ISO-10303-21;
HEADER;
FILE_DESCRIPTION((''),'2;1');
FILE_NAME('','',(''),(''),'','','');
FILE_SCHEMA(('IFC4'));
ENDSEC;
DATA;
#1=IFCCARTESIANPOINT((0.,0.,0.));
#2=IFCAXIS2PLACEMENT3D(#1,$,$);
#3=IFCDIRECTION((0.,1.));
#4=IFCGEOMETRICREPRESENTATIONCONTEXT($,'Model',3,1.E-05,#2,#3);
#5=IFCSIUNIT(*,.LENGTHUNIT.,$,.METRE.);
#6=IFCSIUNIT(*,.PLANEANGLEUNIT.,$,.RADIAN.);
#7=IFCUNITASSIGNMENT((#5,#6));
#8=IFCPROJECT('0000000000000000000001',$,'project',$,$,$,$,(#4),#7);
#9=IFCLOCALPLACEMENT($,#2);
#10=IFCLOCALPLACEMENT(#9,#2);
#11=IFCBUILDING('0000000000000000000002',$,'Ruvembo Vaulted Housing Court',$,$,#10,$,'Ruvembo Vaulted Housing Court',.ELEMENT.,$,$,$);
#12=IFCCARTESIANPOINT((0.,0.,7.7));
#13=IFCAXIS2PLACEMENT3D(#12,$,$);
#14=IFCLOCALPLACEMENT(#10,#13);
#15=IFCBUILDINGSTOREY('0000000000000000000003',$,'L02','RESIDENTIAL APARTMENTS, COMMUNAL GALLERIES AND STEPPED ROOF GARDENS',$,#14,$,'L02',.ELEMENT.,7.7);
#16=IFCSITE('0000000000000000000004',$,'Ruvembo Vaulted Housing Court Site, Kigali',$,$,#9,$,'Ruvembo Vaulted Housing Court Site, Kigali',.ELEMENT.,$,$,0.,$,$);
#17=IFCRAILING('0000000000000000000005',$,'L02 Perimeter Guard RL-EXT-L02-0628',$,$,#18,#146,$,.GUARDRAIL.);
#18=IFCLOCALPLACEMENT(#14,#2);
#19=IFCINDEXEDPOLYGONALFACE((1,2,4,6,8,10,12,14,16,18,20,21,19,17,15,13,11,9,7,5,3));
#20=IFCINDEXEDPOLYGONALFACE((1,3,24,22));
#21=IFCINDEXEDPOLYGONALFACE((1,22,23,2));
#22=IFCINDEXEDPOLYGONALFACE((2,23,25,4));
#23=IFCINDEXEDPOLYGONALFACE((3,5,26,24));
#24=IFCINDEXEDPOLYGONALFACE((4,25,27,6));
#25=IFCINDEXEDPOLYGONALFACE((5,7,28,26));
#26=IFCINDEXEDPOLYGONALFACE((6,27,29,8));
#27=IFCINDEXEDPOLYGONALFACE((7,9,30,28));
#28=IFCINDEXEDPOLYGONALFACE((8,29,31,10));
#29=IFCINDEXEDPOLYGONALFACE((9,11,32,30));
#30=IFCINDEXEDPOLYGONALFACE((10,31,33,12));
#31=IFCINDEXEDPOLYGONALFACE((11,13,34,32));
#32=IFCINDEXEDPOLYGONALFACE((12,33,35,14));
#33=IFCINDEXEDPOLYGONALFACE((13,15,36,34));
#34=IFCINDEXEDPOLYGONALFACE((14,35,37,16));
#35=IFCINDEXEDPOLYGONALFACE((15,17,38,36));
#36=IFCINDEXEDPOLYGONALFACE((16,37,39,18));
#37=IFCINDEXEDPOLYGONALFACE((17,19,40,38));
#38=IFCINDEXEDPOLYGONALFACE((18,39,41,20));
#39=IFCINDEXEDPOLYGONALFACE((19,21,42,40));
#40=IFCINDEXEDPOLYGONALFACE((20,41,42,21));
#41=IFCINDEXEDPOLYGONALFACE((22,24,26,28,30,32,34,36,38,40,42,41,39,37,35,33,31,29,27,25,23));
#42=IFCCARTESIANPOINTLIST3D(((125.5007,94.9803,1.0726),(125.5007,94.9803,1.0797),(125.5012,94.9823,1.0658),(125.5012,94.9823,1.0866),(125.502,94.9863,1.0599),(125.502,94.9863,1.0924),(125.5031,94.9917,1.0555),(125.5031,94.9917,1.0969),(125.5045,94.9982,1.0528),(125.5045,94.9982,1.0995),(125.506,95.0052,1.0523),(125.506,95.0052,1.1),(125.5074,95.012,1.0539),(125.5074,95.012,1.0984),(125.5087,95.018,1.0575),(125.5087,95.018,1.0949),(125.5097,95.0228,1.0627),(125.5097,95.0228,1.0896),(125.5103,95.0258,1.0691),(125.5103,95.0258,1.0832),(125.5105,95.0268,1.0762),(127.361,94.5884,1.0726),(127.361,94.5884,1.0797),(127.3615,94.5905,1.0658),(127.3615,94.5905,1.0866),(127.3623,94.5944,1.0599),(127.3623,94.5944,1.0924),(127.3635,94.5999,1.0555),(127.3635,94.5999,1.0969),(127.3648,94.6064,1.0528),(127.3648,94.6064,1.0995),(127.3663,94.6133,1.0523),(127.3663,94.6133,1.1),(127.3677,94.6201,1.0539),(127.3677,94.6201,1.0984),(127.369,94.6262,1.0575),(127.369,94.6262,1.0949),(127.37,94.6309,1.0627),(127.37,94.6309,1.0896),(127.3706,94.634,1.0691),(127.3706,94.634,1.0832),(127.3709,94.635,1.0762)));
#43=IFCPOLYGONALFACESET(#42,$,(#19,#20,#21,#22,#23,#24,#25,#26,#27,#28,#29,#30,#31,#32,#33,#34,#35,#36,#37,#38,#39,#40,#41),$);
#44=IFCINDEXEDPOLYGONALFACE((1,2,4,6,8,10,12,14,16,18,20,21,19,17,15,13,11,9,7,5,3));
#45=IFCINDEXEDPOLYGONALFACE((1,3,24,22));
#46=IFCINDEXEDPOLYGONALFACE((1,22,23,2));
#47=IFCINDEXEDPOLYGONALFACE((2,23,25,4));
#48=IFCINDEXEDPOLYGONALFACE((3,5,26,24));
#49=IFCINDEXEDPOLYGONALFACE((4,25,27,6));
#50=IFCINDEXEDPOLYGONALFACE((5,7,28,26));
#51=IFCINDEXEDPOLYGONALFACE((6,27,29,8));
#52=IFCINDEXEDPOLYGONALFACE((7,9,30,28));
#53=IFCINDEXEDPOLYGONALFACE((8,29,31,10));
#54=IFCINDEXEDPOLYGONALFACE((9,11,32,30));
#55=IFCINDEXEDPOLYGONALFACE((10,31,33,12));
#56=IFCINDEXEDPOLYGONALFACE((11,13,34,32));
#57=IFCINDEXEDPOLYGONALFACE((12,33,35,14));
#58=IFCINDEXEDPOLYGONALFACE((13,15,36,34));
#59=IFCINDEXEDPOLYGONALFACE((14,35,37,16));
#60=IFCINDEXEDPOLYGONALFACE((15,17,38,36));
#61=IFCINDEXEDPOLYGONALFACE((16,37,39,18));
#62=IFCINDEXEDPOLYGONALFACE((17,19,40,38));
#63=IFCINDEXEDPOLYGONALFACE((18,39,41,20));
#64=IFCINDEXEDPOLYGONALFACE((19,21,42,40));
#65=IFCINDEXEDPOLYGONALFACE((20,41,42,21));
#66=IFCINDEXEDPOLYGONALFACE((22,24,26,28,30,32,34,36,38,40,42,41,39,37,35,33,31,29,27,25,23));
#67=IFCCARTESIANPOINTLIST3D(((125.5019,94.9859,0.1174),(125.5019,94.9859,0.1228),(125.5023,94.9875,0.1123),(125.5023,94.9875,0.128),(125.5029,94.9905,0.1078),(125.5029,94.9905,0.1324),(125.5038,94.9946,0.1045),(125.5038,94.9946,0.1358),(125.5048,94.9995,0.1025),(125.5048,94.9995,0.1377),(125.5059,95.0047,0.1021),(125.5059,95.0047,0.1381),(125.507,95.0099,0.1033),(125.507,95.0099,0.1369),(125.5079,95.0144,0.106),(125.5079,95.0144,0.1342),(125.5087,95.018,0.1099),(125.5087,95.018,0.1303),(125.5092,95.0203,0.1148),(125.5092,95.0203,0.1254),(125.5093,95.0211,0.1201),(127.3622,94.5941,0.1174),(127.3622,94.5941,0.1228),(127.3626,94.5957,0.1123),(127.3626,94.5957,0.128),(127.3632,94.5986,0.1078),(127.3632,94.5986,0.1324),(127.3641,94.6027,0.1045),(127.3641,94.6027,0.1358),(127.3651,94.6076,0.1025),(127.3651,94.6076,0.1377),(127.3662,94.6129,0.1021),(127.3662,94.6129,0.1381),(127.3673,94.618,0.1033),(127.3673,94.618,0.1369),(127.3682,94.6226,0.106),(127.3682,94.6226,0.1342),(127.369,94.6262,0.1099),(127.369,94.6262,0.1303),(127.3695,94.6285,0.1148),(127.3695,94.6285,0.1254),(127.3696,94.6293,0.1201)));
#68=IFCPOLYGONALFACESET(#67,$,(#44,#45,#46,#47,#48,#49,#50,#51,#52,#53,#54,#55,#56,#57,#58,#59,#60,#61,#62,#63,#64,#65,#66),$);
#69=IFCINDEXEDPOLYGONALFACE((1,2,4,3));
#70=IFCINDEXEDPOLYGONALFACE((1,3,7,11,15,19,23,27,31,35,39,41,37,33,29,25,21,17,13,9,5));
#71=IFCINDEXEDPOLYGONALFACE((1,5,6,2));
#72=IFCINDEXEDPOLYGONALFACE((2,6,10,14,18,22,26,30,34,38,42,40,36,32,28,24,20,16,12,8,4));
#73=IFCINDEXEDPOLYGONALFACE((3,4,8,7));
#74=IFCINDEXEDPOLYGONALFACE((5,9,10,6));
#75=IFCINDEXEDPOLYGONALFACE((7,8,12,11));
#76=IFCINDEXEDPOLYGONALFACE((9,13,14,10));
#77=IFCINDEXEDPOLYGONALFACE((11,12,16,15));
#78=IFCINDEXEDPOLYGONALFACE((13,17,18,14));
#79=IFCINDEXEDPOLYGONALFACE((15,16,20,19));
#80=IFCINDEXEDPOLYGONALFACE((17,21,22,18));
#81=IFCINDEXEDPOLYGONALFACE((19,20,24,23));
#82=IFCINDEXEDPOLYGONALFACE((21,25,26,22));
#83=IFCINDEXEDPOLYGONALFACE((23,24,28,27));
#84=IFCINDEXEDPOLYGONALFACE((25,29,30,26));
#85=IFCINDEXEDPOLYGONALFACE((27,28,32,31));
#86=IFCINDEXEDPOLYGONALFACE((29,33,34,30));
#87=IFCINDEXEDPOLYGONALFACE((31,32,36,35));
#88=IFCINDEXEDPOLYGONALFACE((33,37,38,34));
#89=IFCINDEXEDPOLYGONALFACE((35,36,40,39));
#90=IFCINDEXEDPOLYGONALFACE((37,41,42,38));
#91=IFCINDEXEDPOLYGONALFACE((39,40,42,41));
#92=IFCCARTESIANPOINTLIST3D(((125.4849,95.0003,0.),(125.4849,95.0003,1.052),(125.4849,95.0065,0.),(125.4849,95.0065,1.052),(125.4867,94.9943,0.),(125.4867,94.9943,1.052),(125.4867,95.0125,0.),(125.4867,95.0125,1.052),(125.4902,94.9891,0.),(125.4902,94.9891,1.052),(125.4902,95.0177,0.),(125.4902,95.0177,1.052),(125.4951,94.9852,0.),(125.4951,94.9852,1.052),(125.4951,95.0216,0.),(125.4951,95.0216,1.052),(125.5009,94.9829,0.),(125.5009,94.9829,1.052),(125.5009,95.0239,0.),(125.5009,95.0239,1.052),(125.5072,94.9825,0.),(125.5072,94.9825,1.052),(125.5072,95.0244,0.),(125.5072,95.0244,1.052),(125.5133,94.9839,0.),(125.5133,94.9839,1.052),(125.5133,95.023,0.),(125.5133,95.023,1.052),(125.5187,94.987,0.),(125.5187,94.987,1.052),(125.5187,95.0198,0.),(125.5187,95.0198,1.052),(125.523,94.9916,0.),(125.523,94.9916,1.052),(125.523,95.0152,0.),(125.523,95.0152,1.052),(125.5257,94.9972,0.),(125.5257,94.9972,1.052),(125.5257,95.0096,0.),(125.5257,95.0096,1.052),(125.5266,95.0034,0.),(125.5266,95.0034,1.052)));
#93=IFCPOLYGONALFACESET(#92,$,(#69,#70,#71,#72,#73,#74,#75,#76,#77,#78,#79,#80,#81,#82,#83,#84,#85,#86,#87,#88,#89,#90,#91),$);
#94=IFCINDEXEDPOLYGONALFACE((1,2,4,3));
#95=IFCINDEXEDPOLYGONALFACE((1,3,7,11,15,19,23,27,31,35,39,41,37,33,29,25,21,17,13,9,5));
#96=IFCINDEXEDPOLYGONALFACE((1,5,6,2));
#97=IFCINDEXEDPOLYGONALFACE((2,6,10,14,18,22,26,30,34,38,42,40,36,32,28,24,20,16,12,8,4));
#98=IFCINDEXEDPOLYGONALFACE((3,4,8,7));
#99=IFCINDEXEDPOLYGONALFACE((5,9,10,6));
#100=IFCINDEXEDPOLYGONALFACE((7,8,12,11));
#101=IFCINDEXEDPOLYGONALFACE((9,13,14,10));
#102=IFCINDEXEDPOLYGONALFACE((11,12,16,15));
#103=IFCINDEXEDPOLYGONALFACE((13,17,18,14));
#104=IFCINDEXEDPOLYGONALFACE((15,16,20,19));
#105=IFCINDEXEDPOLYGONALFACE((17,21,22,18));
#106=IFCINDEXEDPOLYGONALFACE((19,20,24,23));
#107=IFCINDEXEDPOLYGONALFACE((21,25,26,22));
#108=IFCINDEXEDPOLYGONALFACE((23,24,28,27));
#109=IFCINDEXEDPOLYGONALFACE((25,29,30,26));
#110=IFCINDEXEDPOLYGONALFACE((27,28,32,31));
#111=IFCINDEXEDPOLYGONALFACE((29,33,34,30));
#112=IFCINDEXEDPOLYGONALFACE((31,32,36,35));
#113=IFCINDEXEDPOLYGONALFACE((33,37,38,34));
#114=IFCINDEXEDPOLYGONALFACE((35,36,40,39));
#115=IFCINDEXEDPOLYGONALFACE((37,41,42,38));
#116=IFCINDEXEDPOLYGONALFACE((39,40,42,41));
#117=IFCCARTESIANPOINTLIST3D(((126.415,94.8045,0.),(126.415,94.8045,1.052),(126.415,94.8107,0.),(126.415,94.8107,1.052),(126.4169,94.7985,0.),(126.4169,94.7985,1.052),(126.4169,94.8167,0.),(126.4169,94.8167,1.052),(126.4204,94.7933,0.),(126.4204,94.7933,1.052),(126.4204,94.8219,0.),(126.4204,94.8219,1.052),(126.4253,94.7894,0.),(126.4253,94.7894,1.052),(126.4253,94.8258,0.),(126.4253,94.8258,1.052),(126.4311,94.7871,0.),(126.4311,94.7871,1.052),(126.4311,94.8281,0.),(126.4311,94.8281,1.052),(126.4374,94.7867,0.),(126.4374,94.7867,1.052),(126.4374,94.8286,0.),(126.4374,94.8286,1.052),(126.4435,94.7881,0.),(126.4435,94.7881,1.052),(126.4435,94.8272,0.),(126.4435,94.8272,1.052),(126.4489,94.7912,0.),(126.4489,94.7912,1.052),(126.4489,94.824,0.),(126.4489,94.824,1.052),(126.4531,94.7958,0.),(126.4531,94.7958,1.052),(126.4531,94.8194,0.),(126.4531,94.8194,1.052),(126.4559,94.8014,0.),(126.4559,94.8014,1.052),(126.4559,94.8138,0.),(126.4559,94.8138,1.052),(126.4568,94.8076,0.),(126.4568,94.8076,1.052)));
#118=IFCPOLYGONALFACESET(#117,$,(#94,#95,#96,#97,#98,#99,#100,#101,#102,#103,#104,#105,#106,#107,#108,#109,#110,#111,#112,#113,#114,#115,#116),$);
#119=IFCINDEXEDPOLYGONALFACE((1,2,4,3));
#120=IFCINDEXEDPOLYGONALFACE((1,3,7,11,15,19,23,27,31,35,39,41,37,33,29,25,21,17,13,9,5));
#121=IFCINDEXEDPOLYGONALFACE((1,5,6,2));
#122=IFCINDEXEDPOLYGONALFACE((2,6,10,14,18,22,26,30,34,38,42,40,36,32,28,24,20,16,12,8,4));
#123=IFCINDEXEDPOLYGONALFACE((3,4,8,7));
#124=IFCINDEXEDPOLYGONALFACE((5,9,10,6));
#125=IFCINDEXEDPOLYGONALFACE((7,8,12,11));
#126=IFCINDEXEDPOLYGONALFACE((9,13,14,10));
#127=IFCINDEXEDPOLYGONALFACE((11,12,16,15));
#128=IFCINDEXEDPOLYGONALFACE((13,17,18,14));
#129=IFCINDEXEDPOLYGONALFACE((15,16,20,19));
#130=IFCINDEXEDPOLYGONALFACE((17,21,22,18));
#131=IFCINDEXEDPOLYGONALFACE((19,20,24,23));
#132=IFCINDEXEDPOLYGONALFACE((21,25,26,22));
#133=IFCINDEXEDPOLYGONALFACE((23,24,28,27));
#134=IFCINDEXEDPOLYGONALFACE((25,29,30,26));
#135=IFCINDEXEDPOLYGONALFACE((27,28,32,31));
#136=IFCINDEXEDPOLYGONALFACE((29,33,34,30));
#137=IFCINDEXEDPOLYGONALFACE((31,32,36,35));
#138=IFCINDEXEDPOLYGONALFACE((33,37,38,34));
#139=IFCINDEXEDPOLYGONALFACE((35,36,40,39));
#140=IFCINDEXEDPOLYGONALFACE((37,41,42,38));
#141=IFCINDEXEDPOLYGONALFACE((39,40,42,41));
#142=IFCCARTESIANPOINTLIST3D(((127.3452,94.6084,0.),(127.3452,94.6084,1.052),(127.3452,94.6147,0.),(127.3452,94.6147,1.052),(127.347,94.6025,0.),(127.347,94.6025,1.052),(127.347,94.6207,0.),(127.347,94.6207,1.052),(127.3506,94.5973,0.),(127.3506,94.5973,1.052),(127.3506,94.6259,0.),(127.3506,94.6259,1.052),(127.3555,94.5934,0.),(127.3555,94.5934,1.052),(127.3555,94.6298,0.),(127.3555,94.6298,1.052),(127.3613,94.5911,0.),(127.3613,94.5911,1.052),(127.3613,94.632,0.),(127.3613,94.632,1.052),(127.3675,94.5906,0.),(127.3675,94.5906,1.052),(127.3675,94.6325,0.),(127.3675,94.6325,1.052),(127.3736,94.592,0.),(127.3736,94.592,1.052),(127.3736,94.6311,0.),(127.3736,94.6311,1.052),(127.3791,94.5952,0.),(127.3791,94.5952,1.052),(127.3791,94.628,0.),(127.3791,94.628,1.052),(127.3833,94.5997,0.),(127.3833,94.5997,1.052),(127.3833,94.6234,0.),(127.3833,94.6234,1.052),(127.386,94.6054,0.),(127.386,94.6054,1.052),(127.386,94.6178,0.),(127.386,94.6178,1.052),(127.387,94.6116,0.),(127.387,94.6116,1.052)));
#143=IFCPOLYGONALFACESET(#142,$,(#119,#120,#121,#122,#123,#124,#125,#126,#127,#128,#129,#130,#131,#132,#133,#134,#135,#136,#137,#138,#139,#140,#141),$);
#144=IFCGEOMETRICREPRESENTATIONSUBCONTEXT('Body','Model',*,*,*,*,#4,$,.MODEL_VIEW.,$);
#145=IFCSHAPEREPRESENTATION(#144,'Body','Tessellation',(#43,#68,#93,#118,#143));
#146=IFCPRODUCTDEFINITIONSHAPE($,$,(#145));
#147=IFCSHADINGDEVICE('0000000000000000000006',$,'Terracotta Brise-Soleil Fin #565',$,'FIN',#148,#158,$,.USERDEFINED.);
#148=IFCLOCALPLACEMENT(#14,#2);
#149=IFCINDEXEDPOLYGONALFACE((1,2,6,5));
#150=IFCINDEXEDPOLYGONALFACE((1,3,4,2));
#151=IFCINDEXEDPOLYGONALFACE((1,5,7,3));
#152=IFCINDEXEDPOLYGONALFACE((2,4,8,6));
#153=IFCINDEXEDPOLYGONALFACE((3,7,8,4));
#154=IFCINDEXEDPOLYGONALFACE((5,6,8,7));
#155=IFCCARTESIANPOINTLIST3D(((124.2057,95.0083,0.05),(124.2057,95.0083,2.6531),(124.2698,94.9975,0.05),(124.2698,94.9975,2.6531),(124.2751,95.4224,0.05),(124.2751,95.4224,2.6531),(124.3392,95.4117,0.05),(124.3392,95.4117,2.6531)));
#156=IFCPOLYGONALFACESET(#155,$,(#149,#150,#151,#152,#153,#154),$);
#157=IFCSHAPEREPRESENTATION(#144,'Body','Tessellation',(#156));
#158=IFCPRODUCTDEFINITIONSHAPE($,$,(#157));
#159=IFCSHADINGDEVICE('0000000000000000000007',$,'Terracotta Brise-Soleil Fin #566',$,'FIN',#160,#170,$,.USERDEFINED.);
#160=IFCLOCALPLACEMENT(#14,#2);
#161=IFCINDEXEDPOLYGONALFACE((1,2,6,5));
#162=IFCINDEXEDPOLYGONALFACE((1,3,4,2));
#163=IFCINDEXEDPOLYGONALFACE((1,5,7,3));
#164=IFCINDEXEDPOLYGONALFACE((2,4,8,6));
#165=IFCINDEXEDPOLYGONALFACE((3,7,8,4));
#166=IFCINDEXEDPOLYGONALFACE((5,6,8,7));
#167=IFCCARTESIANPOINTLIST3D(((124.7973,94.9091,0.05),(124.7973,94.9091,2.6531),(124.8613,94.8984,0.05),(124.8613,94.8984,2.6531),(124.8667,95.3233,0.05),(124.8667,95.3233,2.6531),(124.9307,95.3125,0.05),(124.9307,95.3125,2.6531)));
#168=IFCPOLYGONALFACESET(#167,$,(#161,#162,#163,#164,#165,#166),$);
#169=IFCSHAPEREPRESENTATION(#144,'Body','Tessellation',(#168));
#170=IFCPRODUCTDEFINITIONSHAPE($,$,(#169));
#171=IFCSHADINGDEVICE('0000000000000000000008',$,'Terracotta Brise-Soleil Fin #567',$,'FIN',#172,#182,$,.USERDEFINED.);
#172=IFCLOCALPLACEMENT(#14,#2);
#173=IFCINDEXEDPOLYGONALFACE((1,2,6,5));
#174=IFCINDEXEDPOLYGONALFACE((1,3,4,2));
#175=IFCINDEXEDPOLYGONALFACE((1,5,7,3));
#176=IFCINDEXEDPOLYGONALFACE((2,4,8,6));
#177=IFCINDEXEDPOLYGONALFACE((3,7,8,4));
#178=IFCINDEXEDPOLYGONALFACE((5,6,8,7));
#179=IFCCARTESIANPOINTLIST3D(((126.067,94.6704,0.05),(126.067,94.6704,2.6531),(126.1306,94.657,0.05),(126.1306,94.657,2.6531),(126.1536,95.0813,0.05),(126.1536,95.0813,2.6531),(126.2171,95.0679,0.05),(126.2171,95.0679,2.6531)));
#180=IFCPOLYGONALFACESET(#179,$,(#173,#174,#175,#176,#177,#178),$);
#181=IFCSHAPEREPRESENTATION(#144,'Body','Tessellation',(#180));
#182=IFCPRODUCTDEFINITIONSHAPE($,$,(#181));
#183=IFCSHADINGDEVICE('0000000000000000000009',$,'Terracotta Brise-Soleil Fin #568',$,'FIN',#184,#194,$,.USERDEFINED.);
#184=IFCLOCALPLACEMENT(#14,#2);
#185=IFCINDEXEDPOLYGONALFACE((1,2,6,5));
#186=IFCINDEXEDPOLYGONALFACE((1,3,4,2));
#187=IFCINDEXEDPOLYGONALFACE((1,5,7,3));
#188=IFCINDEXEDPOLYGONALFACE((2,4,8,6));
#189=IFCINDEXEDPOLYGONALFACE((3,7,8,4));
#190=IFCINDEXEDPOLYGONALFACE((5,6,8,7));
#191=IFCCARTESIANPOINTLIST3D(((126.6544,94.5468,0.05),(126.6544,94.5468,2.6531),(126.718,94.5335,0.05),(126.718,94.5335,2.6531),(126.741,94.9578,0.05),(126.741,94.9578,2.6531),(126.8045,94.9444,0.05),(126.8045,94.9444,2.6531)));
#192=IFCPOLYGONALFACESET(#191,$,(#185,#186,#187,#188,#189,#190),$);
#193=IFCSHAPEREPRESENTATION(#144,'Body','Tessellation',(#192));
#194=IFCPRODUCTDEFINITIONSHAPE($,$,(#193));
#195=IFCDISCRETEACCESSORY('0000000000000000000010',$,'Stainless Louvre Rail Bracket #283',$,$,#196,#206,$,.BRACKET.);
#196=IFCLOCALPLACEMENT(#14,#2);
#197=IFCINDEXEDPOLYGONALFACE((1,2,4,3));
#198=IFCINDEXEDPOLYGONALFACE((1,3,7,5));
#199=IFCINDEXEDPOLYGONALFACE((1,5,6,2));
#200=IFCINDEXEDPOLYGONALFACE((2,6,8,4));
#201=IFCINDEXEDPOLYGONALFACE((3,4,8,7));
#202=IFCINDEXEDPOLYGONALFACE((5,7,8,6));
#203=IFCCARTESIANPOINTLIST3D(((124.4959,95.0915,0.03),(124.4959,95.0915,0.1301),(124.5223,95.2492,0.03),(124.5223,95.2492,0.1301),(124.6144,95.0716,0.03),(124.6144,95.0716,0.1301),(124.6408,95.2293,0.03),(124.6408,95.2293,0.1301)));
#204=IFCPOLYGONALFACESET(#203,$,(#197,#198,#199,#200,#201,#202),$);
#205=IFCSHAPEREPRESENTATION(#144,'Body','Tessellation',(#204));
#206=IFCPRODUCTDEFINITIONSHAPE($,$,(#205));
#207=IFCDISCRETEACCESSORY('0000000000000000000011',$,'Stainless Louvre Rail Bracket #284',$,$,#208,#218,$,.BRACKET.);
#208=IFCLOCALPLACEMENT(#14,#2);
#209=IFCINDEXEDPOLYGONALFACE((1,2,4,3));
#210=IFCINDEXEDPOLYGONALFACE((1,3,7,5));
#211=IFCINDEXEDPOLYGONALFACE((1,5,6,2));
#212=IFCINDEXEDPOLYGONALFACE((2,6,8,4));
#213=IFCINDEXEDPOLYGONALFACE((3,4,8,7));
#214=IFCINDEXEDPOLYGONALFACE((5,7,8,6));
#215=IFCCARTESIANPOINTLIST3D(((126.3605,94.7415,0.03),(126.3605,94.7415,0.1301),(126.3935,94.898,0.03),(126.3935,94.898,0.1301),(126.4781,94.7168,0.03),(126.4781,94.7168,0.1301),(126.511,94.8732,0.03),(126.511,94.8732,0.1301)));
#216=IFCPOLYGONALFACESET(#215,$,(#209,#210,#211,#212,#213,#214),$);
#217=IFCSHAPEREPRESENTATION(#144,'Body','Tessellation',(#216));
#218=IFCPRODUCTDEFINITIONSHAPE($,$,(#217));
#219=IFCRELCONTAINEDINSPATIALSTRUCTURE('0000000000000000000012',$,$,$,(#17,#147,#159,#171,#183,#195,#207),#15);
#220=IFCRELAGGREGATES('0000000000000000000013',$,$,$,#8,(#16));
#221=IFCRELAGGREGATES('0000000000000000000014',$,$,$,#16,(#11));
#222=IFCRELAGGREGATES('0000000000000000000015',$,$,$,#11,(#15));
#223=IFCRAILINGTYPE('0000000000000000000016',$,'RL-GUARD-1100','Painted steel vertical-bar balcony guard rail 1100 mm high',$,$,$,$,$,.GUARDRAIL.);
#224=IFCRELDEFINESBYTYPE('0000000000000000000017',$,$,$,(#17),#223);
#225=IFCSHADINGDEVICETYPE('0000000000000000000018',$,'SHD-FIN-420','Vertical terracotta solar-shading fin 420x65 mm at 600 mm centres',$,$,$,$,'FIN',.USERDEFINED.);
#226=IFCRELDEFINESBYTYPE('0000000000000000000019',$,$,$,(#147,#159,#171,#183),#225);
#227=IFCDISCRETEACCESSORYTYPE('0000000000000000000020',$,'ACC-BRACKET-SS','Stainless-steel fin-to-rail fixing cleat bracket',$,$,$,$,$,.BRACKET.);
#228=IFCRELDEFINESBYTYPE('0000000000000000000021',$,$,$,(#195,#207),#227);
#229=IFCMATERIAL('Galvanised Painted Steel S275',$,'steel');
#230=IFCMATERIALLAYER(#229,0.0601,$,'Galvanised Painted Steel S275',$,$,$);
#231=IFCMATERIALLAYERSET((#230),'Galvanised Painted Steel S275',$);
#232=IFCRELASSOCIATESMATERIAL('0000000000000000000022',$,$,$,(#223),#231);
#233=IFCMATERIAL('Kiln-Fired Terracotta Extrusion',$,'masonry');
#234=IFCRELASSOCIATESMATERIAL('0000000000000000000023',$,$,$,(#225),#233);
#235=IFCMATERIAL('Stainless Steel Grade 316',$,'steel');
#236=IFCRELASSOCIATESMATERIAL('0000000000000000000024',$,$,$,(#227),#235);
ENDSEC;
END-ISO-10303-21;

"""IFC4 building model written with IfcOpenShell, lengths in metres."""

from ifc_helpers import new_model, si_unit, direction, frame, origin, origin_2d, place, context, subcontext, project, spatial, rectangle, circle, extrude, material, layer, layer_set, type_object, element, save


model = new_model("IFC4")

# Units and contexts
model_context = context("Model", 3, precision=1e-05, world=origin(), true_north=direction((0.0, 1.0)))
body_context = subcontext(model_context, "Body", "Model", "MODEL_VIEW")
ifc_project = project(units=[si_unit("LENGTHUNIT", "METRE"), si_unit("PLANEANGLEUNIT", "RADIAN")], contexts=[model_context])

# Site, building, storey
site_placement = place(None, origin())
site = spatial("IfcSite", under=ifc_project, at=site_placement, Name="Ruvembo Vaulted Housing Court Site, Kigali", LongName="Ruvembo Vaulted Housing Court Site, Kigali", CompositionType="ELEMENT", RefElevation=0.0)
building_placement = place(site_placement, origin())
building = spatial("IfcBuilding", under=site, at=building_placement, Name="Ruvembo Vaulted Housing Court", LongName="Ruvembo Vaulted Housing Court", CompositionType="ELEMENT")
storey_placement = place(building_placement, frame((0.0, 0.0, 7.7)))
storey = spatial("IfcBuildingStorey", under=building, at=storey_placement, Name="L02", Description="RESIDENTIAL APARTMENTS, COMMUNAL GALLERIES AND STEPPED ROOF GARDENS", LongName="L02", CompositionType="ELEMENT", Elevation=7.7)

# Railing
ifc_material_1 = material(Name="Galvanised Painted Steel S275", Category="steel")
ifc_layer_1 = layer(ifc_material_1, 0.0601, Name="Galvanised Painted Steel S275")
ifc_layer_set_1 = layer_set([ifc_layer_1], Name="Galvanised Painted Steel S275")
railing_type = type_object("IfcRailingType", Name="RL-GUARD-1100", Description="Painted steel vertical-bar balcony guard rail 1100 mm high", PredefinedType="GUARDRAIL", material=ifc_layer_set_1)
railing_1_placement = place(storey_placement, frame((125.5056, 95.0034, 0.0)))
element("IfcRailing", 1, at=railing_1_placement, inside=storey, type_object=railing_type, Name="L02 Perimeter Guard RL-EXT-L02-0628", PredefinedType="GUARDRAIL", context=body_context, shape_type="SweptSolid", body=[
    extrude(circle(Radius=0.0239, at=origin_2d()), frame((0.0, 0.0, 1.0762), z_axis=(0.978529, -0.206108, 0.0), x_axis=(0.206108, 0.978529, 0.0)), (0.0, 0.0, 1.0), 1.9011),
    extrude(circle(Radius=0.0181, at=origin_2d()), frame((0.0, 0.0, 0.1201), z_axis=(0.978529, -0.206108, 0.0), x_axis=(0.206108, 0.978529, 0.0)), (0.0, 0.0, 1.0), 1.9011),
    extrude(circle(Radius=0.021, at=origin_2d()), origin(), (0.0, 0.0, 1.0), 1.052),
    extrude(circle(Radius=0.021, at=origin_2d()), frame((0.9302, -0.1958, 0.0)), (0.0, 0.0, 1.0), 1.052),
    extrude(circle(Radius=0.021, at=origin_2d()), frame((1.8604, -0.3918, 0.0)), (0.0, 0.0, 1.0), 1.052),
])

# Shading devices
ifc_material_2 = material(Name="Kiln-Fired Terracotta Extrusion", Category="masonry")
shading_device_type = type_object("IfcShadingDeviceType", Name="SHD-FIN-420", Description="Vertical terracotta solar-shading fin 420x65 mm at 600 mm centres", ElementType="FIN", PredefinedType="USERDEFINED", material=ifc_material_2)
for number, where, z_axis, x_axis, name in (
    (2, (124.2725, 95.21, 0.05), (0.0, 0.0, 1.0), (-0.165271, -0.986248, 0.0), "Terracotta Brise-Soleil Fin #565"),
    (3, (124.864, 95.1108, 0.05), (0.0, 0.0, 1.0), (-0.165271, -0.986248, 0.0), "Terracotta Brise-Soleil Fin #566"),
    (4, (126.1421, 94.8691, 0.05), (0.0, 0.0, 1.0), (-0.206102, -0.978531, 0.0), "Terracotta Brise-Soleil Fin #567"),
    (5, (126.7295, 94.7456, 0.05), (0.0, 0.0, 1.0), (-0.206102, -0.978531, 0.0), "Terracotta Brise-Soleil Fin #568"),
):
    element("IfcShadingDevice", number, at=place(storey_placement, frame(where, z_axis=z_axis, x_axis=x_axis)), inside=storey, type_object=shading_device_type, Name=name, ObjectType="FIN", PredefinedType="USERDEFINED", context=body_context, shape_type="SweptSolid", body=[
        extrude(rectangle(XDim=0.4199, YDim=0.0649, at=origin_2d()), origin(), (0.0, 0.0, 1.0), 2.603),
    ])

# Discrete accessories
ifc_material_3 = material(Name="Stainless Steel Grade 316", Category="steel")
discrete_accessory_type = type_object("IfcDiscreteAccessoryType", Name="ACC-BRACKET-SS", Description="Stainless-steel fin-to-rail fixing cleat bracket", PredefinedType="BRACKET", material=ifc_material_3)
for number, where, z_axis, x_axis, name in (
    (6, (124.5684, 95.1604, 0.03), (0.0, 0.0, 1.0), (-0.165271, -0.986248, 0.0), "Stainless Louvre Rail Bracket #283"),
    (7, (126.4358, 94.8074, 0.03), (0.0, 0.0, 1.0), (-0.206102, -0.978531, 0.0), "Stainless Louvre Rail Bracket #284"),
):
    element("IfcDiscreteAccessory", number, at=place(storey_placement, frame(where, z_axis=z_axis, x_axis=x_axis)), inside=storey, type_object=discrete_accessory_type, Name=name, PredefinedType="BRACKET", context=body_context, shape_type="SweptSolid", body=[
        extrude(rectangle(XDim=0.1599, YDim=0.1201, at=origin_2d()), origin(), (0.0, 0.0, 1.0), 0.1001),
    ])

save(model, "model.ifc")
